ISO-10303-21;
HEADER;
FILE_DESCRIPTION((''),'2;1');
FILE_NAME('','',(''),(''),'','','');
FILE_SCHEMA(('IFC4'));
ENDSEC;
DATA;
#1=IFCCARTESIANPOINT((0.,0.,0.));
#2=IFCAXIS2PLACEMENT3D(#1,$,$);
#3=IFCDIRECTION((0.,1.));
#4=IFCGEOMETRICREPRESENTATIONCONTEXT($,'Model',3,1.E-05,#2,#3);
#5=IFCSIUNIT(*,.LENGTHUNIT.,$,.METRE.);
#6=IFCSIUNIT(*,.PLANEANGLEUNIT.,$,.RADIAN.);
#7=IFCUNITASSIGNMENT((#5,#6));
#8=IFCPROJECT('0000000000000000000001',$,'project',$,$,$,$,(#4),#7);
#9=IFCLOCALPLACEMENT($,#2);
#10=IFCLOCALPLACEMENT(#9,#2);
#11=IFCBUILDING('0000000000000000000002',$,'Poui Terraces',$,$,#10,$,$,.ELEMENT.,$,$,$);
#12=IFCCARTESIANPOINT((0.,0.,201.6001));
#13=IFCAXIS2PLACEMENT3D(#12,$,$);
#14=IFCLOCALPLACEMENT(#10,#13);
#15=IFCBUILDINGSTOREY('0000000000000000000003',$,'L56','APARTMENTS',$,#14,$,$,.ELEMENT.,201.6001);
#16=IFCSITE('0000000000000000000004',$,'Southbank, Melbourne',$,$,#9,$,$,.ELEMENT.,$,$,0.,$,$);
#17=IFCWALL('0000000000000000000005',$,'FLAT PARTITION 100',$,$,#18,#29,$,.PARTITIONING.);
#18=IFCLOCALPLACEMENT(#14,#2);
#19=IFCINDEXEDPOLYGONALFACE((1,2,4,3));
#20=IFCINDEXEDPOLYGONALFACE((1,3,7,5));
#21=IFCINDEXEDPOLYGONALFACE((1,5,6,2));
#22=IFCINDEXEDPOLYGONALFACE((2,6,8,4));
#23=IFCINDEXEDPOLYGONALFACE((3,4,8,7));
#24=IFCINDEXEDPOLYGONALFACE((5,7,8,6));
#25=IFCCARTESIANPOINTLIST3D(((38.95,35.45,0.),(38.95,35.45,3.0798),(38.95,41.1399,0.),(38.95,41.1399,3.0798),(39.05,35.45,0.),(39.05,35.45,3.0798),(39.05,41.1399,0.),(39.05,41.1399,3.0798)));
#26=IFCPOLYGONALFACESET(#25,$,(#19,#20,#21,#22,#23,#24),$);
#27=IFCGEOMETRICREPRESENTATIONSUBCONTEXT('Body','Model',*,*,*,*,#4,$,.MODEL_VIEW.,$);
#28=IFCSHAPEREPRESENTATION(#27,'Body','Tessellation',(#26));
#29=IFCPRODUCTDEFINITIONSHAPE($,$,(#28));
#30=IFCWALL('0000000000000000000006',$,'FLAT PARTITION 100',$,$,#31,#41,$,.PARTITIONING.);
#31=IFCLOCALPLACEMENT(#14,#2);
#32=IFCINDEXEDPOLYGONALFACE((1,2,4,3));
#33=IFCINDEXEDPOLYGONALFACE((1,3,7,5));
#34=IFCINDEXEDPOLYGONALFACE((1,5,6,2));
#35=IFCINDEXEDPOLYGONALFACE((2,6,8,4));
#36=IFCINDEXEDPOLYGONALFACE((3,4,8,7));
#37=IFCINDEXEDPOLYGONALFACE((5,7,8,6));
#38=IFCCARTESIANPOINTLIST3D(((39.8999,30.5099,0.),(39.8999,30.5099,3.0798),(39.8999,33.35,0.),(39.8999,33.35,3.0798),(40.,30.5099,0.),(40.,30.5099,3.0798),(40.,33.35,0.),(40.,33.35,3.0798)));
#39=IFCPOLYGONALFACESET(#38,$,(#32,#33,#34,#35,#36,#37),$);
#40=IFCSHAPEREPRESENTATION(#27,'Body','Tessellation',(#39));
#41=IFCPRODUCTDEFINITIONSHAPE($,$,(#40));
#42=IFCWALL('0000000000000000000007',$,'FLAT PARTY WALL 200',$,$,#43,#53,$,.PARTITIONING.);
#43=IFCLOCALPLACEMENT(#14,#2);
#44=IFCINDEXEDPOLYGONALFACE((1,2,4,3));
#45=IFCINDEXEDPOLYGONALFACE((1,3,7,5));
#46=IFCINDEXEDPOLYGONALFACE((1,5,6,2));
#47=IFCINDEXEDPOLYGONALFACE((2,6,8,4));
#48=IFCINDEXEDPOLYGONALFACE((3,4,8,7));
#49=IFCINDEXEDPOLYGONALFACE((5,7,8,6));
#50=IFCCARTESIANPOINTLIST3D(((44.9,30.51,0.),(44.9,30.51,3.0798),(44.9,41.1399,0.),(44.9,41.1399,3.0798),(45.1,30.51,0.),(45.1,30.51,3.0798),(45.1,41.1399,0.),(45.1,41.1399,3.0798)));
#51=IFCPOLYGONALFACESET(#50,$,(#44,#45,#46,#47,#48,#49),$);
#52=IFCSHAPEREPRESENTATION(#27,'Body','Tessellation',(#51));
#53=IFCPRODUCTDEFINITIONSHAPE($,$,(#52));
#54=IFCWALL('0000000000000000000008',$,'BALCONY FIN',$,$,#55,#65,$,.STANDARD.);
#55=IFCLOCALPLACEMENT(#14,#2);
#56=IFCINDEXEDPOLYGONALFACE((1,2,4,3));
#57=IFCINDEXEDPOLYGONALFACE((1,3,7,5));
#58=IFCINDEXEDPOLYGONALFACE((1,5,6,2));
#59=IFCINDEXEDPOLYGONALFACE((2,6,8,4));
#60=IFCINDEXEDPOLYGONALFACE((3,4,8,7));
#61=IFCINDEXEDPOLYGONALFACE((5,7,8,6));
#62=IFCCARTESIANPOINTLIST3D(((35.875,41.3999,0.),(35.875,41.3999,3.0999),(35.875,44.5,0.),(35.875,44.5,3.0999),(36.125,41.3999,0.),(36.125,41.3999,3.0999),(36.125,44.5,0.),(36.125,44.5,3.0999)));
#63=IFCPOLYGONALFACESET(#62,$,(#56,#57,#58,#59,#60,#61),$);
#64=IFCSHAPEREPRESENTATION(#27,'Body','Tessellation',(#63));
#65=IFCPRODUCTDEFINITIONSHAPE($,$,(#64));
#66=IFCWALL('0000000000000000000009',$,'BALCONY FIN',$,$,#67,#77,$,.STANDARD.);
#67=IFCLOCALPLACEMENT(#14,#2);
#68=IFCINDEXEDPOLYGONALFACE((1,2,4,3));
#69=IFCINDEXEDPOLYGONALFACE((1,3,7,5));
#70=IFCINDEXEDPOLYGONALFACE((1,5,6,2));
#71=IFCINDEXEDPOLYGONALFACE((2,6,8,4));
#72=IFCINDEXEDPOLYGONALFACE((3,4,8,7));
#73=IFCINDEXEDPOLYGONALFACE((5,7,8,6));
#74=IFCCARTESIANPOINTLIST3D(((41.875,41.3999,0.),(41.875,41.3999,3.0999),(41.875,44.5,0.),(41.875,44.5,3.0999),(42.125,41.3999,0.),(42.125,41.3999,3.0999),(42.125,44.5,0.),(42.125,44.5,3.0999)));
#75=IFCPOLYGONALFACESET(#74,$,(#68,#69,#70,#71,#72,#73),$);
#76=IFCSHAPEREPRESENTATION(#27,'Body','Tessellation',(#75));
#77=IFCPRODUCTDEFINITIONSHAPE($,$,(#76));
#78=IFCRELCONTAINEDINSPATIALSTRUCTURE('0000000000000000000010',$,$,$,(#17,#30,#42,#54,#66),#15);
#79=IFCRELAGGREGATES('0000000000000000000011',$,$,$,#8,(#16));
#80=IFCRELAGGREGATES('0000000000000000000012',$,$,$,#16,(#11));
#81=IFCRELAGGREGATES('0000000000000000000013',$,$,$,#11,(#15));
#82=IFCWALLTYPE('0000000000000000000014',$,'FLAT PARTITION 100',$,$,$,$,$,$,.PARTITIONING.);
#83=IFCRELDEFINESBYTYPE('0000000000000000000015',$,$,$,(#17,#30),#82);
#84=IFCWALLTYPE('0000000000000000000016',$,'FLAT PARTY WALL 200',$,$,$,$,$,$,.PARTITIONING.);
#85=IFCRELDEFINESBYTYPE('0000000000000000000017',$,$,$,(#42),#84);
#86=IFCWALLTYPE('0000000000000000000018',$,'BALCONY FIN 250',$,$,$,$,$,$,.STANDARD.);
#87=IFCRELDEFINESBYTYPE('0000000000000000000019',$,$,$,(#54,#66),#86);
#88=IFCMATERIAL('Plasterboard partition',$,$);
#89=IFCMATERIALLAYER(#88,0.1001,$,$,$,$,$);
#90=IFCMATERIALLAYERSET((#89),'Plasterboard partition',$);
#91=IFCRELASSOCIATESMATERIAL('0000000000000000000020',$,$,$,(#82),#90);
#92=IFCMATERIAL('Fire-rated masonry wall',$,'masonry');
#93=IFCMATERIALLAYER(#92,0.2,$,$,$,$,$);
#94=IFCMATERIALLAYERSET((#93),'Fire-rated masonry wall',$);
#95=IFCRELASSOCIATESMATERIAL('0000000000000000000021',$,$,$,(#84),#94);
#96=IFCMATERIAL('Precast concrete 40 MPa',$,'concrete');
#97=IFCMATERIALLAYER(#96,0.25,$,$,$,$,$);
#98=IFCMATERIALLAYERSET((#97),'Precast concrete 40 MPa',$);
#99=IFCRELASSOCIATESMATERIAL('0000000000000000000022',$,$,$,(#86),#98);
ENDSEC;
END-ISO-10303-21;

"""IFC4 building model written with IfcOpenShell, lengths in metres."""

from ifc_helpers import new_model, si_unit, direction, frame, frame_2d, origin, place, context, subcontext, project, spatial, polyline, rectangle, outline, extrude, source, transform, mapped, material, layer, layer_set, type_object, element, save


model = new_model("IFC4")

# Units and contexts
model_context = context("Model", 3, precision=1e-05, world=origin(), true_north=direction((0.0, 1.0)))
body_context = subcontext(model_context, "Body", "Model", "MODEL_VIEW")
ifc_project = project(units=[si_unit("LENGTHUNIT", "METRE"), si_unit("PLANEANGLEUNIT", "RADIAN")], contexts=[model_context])

# Site, building, storey
site_placement = place(None, origin())
site = spatial("IfcSite", under=ifc_project, at=site_placement, Name="Southbank, Melbourne", CompositionType="ELEMENT", RefElevation=0.0)
building_placement = place(site_placement, origin())
building = spatial("IfcBuilding", under=site, at=building_placement, Name="Poui Terraces", CompositionType="ELEMENT")
storey_placement = place(building_placement, frame((0.0, 0.0, 201.6001)))
storey = spatial("IfcBuildingStorey", under=building, at=storey_placement, Name="L56", Description="APARTMENTS", CompositionType="ELEMENT", Elevation=201.6001)

# Shared definitions
ifc_material_1 = material(Name="Plasterboard partition")
ifc_layer_1 = layer(ifc_material_1, 0.1001)
ifc_layer_set_1 = layer_set([ifc_layer_1], Name="Plasterboard partition")
wall_type_1 = type_object("IfcWallType", Name="FLAT PARTITION 100", PredefinedType="PARTITIONING", material=ifc_layer_set_1)

# Walls
wall_1_placement = place(storey_placement, frame((39.0, 35.45, 0.0), z_axis=(0.0, 0.0, 1.0), x_axis=(0.0, 1.0, 0.0)))
element("IfcWall", 1, at=wall_1_placement, inside=storey, type_object=wall_type_1, Name="FLAT PARTITION 100", PredefinedType="PARTITIONING", context=body_context, shape_type="SweptSolid", body=[
    extrude(rectangle(XDim=5.6899, YDim=0.1001, at=frame_2d((2.845, 0.0))), origin(), (0.0, 0.0, 1.0), 3.0798),
])
wall_2_placement = place(storey_placement, frame((39.95, 30.51, 0.0), z_axis=(0.0, 0.0, 1.0), x_axis=(0.0, 1.0, 0.0)))
element("IfcWall", 2, at=wall_2_placement, inside=storey, type_object=wall_type_1, Name="FLAT PARTITION 100", PredefinedType="PARTITIONING", context=body_context, shape_type="SweptSolid", body=[
    extrude(rectangle(XDim=2.8401, YDim=0.1001, at=frame_2d((1.4199, 0.0))), origin(), (0.0, 0.0, 1.0), 3.0798),
])
ifc_material_2 = material(Name="Fire-rated masonry wall", Category="masonry")
ifc_layer_2 = layer(ifc_material_2, 0.2)
ifc_layer_set_2 = layer_set([ifc_layer_2], Name="Fire-rated masonry wall")
wall_type_2 = type_object("IfcWallType", Name="FLAT PARTY WALL 200", PredefinedType="PARTITIONING", material=ifc_layer_set_2)
wall_3_placement = place(storey_placement, frame((45.0, 30.51, 0.0), z_axis=(0.0, 0.0, 1.0), x_axis=(0.0, 1.0, 0.0)))
element("IfcWall", 3, at=wall_3_placement, inside=storey, type_object=wall_type_2, Name="FLAT PARTY WALL 200", PredefinedType="PARTITIONING", context=body_context, shape_type="SweptSolid", body=[
    extrude(rectangle(XDim=10.6299, YDim=0.2, at=frame_2d((5.3149, 0.0))), origin(), (0.0, 0.0, 1.0), 3.0798),
])
ifc_material_3 = material(Name="Precast concrete 40 MPa", Category="concrete")
ifc_layer_3 = layer(ifc_material_3, 0.25)
ifc_layer_set_3 = layer_set([ifc_layer_3], Name="Precast concrete 40 MPa")
wall_type_3 = type_object("IfcWallType", Name="BALCONY FIN 250", PredefinedType="STANDARD", material=ifc_layer_set_3)
shared_shape_1 = source(origin(), body_context, "Body", "SweptSolid", [
    extrude(outline(polyline([(0.0, 0.0), (0.25, 0.0), (0.25, 3.1001), (0.0, 3.1001), (0.0, 0.0)])), origin(), (0.0, 0.0, 1.0), 3.0999),
])
for number, where, name in (
    (4, (35.875, 41.3999, 0.0), "BALCONY FIN"),
    (5, (41.875, 41.3999, 0.0), "BALCONY FIN"),
):
    element("IfcWall", number, at=place(storey_placement, frame(where)), inside=storey, type_object=wall_type_3, Name=name, PredefinedType="STANDARD", context=body_context, shape_type="MappedRepresentation", body=[
        mapped(shared_shape_1, transform((0.0, 0.0, 0.0))),
    ])

save(model, "model.ifc")
